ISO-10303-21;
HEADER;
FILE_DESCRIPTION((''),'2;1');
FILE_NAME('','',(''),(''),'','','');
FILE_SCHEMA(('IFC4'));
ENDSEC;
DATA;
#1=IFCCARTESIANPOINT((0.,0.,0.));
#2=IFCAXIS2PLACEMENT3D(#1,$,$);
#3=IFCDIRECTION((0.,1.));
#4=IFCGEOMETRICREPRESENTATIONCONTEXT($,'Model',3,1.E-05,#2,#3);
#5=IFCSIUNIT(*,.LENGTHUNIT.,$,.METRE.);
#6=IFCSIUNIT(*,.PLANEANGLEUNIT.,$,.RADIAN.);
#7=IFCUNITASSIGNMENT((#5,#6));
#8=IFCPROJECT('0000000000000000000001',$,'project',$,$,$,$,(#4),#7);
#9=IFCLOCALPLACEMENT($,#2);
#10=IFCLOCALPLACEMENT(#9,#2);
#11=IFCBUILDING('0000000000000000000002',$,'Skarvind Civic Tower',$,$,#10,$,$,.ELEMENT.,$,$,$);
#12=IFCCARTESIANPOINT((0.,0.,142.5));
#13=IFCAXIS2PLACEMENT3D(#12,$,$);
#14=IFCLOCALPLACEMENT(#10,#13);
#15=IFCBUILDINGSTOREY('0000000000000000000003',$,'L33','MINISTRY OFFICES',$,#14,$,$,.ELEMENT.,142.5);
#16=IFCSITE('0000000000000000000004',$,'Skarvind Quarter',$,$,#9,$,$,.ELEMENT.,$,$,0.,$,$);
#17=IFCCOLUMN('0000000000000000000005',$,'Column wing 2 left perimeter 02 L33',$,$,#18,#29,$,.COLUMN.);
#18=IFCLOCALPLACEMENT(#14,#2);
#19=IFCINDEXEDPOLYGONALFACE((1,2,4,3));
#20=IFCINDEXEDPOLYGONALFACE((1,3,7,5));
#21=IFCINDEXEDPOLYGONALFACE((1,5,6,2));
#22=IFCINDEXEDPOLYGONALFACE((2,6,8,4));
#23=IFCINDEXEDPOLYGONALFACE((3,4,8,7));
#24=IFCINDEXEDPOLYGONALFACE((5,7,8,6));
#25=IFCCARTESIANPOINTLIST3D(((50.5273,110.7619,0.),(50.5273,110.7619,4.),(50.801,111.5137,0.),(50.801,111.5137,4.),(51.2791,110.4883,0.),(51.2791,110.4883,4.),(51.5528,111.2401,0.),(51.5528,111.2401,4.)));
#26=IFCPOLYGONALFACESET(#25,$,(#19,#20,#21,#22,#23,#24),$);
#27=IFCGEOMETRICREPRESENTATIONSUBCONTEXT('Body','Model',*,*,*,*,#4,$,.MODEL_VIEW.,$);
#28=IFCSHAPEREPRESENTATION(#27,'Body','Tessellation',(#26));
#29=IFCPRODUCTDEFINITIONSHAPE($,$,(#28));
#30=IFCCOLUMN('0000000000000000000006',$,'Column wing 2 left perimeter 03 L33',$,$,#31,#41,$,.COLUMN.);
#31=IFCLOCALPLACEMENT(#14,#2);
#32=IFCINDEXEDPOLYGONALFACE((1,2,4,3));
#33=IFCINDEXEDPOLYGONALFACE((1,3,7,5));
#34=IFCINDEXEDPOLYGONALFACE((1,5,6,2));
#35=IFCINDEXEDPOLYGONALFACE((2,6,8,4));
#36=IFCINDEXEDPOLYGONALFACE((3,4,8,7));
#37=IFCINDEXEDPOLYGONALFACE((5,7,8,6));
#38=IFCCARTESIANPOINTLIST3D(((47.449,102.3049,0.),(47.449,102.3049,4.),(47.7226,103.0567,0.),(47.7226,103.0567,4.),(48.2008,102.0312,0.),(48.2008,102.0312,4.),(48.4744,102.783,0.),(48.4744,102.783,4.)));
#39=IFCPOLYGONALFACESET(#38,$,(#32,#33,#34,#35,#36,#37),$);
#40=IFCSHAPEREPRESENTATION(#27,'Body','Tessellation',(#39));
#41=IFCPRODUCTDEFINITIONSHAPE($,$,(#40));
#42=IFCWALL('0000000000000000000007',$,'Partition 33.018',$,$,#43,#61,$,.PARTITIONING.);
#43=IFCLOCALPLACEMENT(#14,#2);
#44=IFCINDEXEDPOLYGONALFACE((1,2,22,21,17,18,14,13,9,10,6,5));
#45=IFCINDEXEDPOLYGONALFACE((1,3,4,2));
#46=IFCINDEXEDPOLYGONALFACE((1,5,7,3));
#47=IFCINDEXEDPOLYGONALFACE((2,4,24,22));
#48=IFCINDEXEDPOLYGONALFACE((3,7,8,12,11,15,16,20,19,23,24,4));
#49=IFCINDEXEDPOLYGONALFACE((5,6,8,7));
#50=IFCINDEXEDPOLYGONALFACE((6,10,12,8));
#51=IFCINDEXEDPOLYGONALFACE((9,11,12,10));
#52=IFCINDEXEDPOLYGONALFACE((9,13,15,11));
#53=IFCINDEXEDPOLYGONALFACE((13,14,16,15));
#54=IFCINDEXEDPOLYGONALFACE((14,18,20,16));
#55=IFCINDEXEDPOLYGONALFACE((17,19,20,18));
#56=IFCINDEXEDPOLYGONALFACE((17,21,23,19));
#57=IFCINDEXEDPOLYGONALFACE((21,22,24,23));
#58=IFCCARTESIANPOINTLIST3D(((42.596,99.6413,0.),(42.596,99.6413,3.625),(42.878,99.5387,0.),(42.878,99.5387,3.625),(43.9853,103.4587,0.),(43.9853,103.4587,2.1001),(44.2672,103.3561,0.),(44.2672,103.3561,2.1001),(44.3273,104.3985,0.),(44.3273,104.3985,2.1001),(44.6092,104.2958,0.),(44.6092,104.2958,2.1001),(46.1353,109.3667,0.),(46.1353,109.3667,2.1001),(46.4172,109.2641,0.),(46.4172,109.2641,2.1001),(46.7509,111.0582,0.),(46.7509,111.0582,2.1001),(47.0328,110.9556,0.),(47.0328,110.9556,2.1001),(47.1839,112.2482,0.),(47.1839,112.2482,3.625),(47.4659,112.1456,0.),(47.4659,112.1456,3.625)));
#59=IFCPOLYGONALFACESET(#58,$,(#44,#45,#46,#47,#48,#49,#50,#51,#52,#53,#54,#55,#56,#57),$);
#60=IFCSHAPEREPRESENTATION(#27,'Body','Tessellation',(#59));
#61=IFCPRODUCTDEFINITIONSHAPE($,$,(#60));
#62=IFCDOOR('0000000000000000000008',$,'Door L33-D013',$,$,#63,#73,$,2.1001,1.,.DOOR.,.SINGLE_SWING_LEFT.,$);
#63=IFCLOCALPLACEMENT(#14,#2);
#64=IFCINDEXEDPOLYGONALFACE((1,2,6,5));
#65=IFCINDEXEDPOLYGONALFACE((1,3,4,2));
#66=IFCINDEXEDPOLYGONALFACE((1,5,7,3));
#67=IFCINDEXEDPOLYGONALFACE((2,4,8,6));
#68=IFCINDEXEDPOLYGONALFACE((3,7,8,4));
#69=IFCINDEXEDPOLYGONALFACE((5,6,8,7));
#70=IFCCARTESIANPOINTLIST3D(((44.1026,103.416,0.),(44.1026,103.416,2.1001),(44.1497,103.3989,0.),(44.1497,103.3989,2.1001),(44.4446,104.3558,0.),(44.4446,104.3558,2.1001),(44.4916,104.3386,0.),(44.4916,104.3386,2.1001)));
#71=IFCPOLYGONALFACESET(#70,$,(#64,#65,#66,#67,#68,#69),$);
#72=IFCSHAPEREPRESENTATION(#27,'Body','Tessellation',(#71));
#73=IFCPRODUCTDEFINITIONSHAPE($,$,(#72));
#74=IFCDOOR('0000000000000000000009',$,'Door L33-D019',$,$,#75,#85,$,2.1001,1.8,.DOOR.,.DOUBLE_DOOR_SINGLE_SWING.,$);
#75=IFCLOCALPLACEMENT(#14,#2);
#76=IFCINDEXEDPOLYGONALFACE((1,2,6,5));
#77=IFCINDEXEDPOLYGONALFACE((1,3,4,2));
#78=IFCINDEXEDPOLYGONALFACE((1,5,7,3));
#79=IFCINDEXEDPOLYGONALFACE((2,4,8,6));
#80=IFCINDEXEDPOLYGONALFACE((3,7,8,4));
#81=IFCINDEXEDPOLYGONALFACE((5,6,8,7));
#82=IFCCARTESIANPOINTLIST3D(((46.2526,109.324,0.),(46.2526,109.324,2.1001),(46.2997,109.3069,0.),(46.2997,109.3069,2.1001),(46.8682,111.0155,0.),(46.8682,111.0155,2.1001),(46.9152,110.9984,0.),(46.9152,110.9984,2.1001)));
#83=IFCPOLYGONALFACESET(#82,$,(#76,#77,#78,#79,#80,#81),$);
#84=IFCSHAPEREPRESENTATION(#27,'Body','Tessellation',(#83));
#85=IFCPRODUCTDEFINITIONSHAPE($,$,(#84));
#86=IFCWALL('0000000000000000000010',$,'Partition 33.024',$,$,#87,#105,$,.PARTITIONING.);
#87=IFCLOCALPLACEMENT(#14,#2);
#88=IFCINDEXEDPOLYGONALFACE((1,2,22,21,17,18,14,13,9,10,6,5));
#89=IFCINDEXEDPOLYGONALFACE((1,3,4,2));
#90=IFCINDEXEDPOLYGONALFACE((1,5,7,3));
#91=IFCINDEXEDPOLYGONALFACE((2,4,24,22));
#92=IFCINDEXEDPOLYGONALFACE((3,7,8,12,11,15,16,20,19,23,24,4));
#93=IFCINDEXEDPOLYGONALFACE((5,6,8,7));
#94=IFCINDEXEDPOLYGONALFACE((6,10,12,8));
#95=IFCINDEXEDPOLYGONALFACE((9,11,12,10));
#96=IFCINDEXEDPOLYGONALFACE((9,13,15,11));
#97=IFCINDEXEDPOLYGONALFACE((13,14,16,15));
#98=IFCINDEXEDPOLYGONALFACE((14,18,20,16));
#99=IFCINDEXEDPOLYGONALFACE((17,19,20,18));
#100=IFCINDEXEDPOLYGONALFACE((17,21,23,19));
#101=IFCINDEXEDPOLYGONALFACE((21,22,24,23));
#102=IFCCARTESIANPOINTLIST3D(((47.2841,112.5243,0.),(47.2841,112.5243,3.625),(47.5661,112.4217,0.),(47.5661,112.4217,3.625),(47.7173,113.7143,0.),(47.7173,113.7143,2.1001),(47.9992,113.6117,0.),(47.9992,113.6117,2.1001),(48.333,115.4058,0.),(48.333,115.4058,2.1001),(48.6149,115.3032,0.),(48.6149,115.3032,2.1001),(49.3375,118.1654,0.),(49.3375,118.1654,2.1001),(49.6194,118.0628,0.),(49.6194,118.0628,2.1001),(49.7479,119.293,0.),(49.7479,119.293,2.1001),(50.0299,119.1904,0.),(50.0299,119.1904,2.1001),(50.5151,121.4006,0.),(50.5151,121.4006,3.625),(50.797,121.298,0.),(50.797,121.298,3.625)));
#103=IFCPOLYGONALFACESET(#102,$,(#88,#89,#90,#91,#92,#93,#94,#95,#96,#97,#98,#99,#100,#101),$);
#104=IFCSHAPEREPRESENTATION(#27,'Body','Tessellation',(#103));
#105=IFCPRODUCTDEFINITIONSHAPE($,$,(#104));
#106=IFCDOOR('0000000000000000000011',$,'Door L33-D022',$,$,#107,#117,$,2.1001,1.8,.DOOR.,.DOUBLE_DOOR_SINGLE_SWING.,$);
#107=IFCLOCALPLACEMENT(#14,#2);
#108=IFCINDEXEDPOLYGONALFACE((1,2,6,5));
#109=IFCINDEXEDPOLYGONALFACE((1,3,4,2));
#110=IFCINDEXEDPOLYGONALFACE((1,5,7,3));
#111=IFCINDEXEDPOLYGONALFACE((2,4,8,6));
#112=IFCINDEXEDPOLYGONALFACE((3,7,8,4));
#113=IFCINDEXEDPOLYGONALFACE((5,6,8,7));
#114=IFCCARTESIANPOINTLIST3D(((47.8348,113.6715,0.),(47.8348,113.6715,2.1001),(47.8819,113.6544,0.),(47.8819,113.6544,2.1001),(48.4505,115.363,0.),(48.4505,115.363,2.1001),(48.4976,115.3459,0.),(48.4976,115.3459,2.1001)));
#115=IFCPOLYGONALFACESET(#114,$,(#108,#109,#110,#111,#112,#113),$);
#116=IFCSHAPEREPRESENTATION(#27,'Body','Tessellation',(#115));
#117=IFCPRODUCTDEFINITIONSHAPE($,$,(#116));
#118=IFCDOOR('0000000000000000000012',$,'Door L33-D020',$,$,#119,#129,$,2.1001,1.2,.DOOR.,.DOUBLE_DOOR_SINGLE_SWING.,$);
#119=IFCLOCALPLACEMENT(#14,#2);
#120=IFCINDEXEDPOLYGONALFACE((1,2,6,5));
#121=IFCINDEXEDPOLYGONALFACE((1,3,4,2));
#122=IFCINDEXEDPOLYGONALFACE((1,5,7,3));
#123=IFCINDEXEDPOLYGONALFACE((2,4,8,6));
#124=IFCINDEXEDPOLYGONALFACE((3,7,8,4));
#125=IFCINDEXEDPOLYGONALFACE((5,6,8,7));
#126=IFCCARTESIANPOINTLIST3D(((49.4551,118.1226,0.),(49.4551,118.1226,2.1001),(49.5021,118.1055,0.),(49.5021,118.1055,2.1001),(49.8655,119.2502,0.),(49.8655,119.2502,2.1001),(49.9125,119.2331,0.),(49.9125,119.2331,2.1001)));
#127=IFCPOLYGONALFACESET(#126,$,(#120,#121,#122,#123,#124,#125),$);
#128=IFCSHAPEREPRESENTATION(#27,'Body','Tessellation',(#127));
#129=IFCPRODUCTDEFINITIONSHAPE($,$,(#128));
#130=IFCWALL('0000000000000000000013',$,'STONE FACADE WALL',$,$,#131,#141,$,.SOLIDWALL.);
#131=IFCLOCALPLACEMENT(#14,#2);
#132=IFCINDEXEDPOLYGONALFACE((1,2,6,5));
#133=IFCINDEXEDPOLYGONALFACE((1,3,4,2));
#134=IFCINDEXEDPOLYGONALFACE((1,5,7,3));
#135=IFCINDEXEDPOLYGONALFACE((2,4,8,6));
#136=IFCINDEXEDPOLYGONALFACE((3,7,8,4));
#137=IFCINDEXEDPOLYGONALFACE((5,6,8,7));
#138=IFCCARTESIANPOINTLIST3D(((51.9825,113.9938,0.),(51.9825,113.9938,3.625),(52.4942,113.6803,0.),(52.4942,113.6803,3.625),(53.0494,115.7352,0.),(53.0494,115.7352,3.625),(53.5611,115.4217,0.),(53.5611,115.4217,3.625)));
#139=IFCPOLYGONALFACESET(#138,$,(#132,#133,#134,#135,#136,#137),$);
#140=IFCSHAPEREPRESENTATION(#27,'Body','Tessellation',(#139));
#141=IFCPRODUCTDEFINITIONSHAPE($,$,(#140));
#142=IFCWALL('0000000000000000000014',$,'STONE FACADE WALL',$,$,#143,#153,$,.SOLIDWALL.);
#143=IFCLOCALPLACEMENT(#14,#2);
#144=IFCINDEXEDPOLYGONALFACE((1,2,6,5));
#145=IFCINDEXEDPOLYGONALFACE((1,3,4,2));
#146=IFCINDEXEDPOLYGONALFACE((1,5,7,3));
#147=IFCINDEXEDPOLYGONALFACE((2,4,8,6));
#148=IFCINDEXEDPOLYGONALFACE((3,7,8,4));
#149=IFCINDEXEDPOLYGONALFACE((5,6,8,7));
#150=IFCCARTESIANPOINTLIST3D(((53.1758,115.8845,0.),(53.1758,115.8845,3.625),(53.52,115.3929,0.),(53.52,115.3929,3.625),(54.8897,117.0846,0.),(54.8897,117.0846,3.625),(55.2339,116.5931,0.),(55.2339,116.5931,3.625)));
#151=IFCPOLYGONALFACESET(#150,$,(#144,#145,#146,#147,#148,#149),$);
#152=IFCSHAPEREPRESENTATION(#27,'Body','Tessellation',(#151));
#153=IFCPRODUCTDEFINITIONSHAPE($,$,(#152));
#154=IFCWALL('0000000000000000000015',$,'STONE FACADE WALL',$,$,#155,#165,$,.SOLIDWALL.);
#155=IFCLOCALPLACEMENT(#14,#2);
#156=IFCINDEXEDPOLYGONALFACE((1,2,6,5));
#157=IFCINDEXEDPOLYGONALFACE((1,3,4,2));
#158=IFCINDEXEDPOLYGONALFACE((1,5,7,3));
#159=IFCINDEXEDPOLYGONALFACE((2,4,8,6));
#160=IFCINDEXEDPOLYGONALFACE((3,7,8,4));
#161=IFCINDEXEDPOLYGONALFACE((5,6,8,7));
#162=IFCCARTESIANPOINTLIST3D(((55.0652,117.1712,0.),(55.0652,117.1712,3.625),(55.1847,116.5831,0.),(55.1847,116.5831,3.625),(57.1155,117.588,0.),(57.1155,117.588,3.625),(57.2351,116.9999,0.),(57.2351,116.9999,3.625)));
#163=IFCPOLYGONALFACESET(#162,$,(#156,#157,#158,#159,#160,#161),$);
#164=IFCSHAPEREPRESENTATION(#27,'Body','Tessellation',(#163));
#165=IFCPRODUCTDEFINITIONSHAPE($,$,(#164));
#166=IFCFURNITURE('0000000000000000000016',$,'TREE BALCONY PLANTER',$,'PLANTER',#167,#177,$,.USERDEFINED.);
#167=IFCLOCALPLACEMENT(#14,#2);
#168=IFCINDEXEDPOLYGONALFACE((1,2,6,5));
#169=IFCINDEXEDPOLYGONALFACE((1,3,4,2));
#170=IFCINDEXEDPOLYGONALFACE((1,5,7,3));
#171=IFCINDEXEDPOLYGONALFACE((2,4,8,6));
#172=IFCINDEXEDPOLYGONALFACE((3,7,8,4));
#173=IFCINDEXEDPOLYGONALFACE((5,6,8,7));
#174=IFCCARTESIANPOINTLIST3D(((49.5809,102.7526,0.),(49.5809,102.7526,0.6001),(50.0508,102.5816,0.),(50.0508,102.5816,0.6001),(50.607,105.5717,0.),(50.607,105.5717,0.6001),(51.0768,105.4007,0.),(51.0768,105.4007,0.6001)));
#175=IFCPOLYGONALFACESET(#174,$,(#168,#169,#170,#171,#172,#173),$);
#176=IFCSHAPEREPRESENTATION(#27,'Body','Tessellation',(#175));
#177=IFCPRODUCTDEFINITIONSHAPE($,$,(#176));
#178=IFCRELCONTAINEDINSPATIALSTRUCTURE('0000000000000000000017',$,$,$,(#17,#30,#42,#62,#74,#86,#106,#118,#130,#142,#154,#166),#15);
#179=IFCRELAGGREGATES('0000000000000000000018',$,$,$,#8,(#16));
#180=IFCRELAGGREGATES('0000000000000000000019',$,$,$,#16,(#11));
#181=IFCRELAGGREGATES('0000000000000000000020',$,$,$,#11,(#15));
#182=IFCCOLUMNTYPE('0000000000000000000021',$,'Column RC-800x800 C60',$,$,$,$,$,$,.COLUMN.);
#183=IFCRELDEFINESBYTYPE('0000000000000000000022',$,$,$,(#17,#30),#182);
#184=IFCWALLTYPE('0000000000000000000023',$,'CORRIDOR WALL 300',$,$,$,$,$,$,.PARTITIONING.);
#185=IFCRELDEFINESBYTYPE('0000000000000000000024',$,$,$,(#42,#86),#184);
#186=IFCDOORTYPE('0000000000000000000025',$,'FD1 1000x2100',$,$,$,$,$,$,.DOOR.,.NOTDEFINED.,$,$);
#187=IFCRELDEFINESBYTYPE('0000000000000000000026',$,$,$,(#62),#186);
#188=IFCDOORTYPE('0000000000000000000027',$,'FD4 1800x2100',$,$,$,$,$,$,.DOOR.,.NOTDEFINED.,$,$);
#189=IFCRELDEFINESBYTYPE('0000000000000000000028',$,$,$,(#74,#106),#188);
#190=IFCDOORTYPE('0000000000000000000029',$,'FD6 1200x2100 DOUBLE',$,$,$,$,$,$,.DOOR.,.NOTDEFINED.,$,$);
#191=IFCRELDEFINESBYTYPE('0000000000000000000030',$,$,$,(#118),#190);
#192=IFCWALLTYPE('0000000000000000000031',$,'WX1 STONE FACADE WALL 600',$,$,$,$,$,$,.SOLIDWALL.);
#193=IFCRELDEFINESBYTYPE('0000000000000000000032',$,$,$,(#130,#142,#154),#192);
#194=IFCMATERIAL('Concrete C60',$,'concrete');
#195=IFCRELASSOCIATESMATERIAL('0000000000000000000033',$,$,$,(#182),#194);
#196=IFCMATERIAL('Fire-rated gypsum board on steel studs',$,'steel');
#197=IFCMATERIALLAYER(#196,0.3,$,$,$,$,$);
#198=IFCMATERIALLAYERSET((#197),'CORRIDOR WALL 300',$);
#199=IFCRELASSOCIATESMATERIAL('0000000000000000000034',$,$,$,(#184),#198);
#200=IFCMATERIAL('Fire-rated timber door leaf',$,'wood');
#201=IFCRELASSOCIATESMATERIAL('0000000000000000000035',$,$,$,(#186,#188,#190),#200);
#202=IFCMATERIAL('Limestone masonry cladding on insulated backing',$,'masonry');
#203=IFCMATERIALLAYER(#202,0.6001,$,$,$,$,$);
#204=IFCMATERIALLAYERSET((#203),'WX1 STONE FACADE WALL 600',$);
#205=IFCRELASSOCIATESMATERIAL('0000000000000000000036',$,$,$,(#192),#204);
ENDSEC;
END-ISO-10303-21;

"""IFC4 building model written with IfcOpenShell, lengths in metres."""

from ifc_helpers import new_model, si_unit, direction, frame, frame_2d, origin, origin_2d, place, context, subcontext, project, spatial, rectangle, extrude, material, layer, layer_set, material_profile, profile_set, type_object, element, fill, save


model = new_model("IFC4")

# Units and contexts
model_context = context("Model", 3, precision=1e-05, world=origin(), true_north=direction((0.0, 1.0)))
body_context = subcontext(model_context, "Body", "Model", "MODEL_VIEW")
ifc_project = project(units=[si_unit("LENGTHUNIT", "METRE"), si_unit("PLANEANGLEUNIT", "RADIAN")], contexts=[model_context])

# Site, building, storey
site_placement = place(None, origin())
site = spatial("IfcSite", under=ifc_project, at=site_placement, Name="Skarvind Quarter", CompositionType="ELEMENT", RefElevation=0.0)
building_placement = place(site_placement, origin())
building = spatial("IfcBuilding", under=site, at=building_placement, Name="Skarvind Civic Tower", CompositionType="ELEMENT")
storey_placement = place(building_placement, frame((0.0, 0.0, 142.5)))
storey = spatial("IfcBuildingStorey", under=building, at=storey_placement, Name="L33", Description="MINISTRY OFFICES", CompositionType="ELEMENT", Elevation=142.5)

# Columns
ifc_material_1 = material(Name="Concrete C60", Category="concrete")
ifc_material_profile = material_profile(ifc_material_1, rectangle(XDim=0.8, YDim=0.8, at=origin_2d()), Name="RC-800x800")
ifc_profile_set = profile_set([ifc_material_profile], Name="Concrete C60")
column_type = type_object("IfcColumnType", Name="Column RC-800x800 C60", PredefinedType="COLUMN", material=ifc_profile_set)
for number, where, z_axis, x_axis, name in (
    (1, (51.04, 111.001, 0.0), (0.0, 0.0, 1.0), (-0.34202, -0.939693, 0.0), "Column wing 2 left perimeter 02 L33"),
    (2, (47.9617, 102.5439, 0.0), (0.0, 0.0, 1.0), (-0.34202, -0.939693, 0.0), "Column wing 2 left perimeter 03 L33"),
):
    element("IfcColumn", number, at=place(storey_placement, frame(where, z_axis=z_axis, x_axis=x_axis)), inside=storey, type_object=column_type, Name=name, PredefinedType="COLUMN", context=body_context, shape_type="SweptSolid", body=[
        extrude(rectangle(XDim=0.8, YDim=0.8, at=origin_2d()), origin(), (0.0, 0.0, 1.0), 4.0),
    ])

# Walls, openings, doors
ifc_material_2 = material(Name="Fire-rated gypsum board on steel studs", Category="steel")
ifc_layer_1 = layer(ifc_material_2, 0.3)
ifc_layer_set_1 = layer_set([ifc_layer_1], Name="CORRIDOR WALL 300")
wall_type_1 = type_object("IfcWallType", Name="CORRIDOR WALL 300", PredefinedType="PARTITIONING", material=ifc_layer_set_1)
wall_1_placement = place(storey_placement, frame((47.325, 112.197, 0.0), z_axis=(0.0, 0.0, 1.0), x_axis=(-0.341977, -0.939708, 0.0)))
wall_1 = element("IfcWall", 3, at=wall_1_placement, inside=storey, type_object=wall_type_1, Name="Partition 33.018", PredefinedType="PARTITIONING", context=body_context, shape_type="SweptSolid", body=[
    extrude(rectangle(XDim=13.4158, YDim=0.3, at=frame_2d((6.708, 0.0))), origin(), (0.0, 0.0, 1.0), 3.625),
])
opening_1_placement = place(wall_1_placement, frame((8.3535, 0.0, 0.0)))
opening_1 = element("IfcOpeningElement", 4, at=opening_1_placement, cuts=wall_1, PredefinedType="OPENING", context=body_context, shape_type="SweptSolid", body=[
    extrude(rectangle(XDim=1.0, YDim=2.1001, at=frame_2d((0.5, 1.05))), frame((0.0, 0.1599, 0.0), z_axis=(0.0, -1.0, 0.0), x_axis=(1.0, 0.0, 0.0)), (0.0, 0.0, 1.0), 0.3201),
])
opening_2_placement = place(wall_1_placement, frame((1.2666, 0.0, 0.0)))
opening_2 = element("IfcOpeningElement", 5, at=opening_2_placement, cuts=wall_1, PredefinedType="OPENING", context=body_context, shape_type="SweptSolid", body=[
    extrude(rectangle(XDim=1.8, YDim=2.1001, at=frame_2d((0.8999, 1.05))), frame((0.0, 0.1599, 0.0), z_axis=(0.0, -1.0, 0.0), x_axis=(1.0, 0.0, 0.0)), (0.0, 0.0, 1.0), 0.3201),
])
ifc_material_3 = material(Name="Fire-rated timber door leaf", Category="wood")
door_type_1 = type_object("IfcDoorType", Name="FD1 1000x2100", OperationType="NOTDEFINED", PredefinedType="DOOR", material=ifc_material_3)
door_1_placement = place(opening_1_placement, origin())
door_1 = element("IfcDoor", 6, at=door_1_placement, inside=storey, type_object=door_type_1, Name="Door L33-D013", OperationType="SINGLE_SWING_LEFT", OverallHeight=2.1001, OverallWidth=1.0, PredefinedType="DOOR", context=body_context, shape_type="SweptSolid", body=[
    extrude(rectangle(XDim=1.0, YDim=2.1001, at=frame_2d((0.5, 1.05))), frame((0.0, 0.0249, 0.0), z_axis=(0.0, -1.0, 0.0), x_axis=(1.0, 0.0, 0.0)), (0.0, 0.0, 1.0), 0.05),
])
fill(opening_1, door_1)
door_type_2 = type_object("IfcDoorType", Name="FD4 1800x2100", OperationType="NOTDEFINED", PredefinedType="DOOR", material=ifc_material_3)
door_2_placement = place(opening_2_placement, origin())
door_2 = element("IfcDoor", 7, at=door_2_placement, inside=storey, type_object=door_type_2, Name="Door L33-D019", OperationType="DOUBLE_DOOR_SINGLE_SWING", OverallHeight=2.1001, OverallWidth=1.8, PredefinedType="DOOR", context=body_context, shape_type="SweptSolid", body=[
    extrude(rectangle(XDim=1.8, YDim=2.1001, at=frame_2d((0.8999, 1.05))), frame((0.0, 0.0249, 0.0), z_axis=(0.0, -1.0, 0.0), x_axis=(1.0, 0.0, 0.0)), (0.0, 0.0, 1.0), 0.05),
])
fill(opening_2, door_2)
wall_2_placement = place(storey_placement, frame((47.425, 112.4729, 0.0), z_axis=(0.0, 0.0, 1.0), x_axis=(0.342046, 0.939683, 0.0)))
wall_2 = element("IfcWall", 8, at=wall_2_placement, inside=storey, type_object=wall_type_1, Name="Partition 33.024", PredefinedType="PARTITIONING", context=body_context, shape_type="SweptSolid", body=[
    extrude(rectangle(XDim=9.446, YDim=0.3, at=frame_2d((4.7231, 0.0))), origin(), (0.0, 0.0, 1.0), 3.625),
])
opening_3_placement = place(wall_2_placement, frame((6.0032, 0.0, 0.0)))
opening_3 = element("IfcOpeningElement", 9, at=opening_3_placement, cuts=wall_2, PredefinedType="OPENING", context=body_context, shape_type="SweptSolid", body=[
    extrude(rectangle(XDim=1.2, YDim=2.1001, at=frame_2d((0.6001, 1.05))), frame((0.0, 0.1599, 0.0), z_axis=(0.0, -1.0, 0.0), x_axis=(1.0, 0.0, 0.0)), (0.0, 0.0, 1.0), 0.3201),
])
opening_4_placement = place(wall_2_placement, frame((1.2666, 0.0, 0.0)))
opening_4 = element("IfcOpeningElement", 10, at=opening_4_placement, cuts=wall_2, PredefinedType="OPENING", context=body_context, shape_type="SweptSolid", body=[
    extrude(rectangle(XDim=1.8, YDim=2.1001, at=frame_2d((0.8999, 1.05))), frame((0.0, 0.1599, 0.0), z_axis=(0.0, -1.0, 0.0), x_axis=(1.0, 0.0, 0.0)), (0.0, 0.0, 1.0), 0.3201),
])
door_3_placement = place(opening_4_placement, origin())
door_3 = element("IfcDoor", 11, at=door_3_placement, inside=storey, type_object=door_type_2, Name="Door L33-D022", OperationType="DOUBLE_DOOR_SINGLE_SWING", OverallHeight=2.1001, OverallWidth=1.8, PredefinedType="DOOR", context=body_context, shape_type="SweptSolid", body=[
    extrude(rectangle(XDim=1.8, YDim=2.1001, at=frame_2d((0.8999, 1.05))), frame((0.0, 0.0249, 0.0), z_axis=(0.0, -1.0, 0.0), x_axis=(1.0, 0.0, 0.0)), (0.0, 0.0, 1.0), 0.05),
])
fill(opening_4, door_3)
door_type_3 = type_object("IfcDoorType", Name="FD6 1200x2100 DOUBLE", OperationType="NOTDEFINED", PredefinedType="DOOR", material=ifc_material_3)
door_4_placement = place(opening_3_placement, origin())
door_4 = element("IfcDoor", 12, at=door_4_placement, inside=storey, type_object=door_type_3, Name="Door L33-D020", OperationType="DOUBLE_DOOR_SINGLE_SWING", OverallHeight=2.1001, OverallWidth=1.2, PredefinedType="DOOR", context=body_context, shape_type="SweptSolid", body=[
    extrude(rectangle(XDim=1.2, YDim=2.1001, at=frame_2d((0.6001, 1.05))), frame((0.0, 0.0249, 0.0), z_axis=(0.0, -1.0, 0.0), x_axis=(1.0, 0.0, 0.0)), (0.0, 0.0, 1.0), 0.05),
])
fill(opening_3, door_4)

# Shared definitions
ifc_material_4 = material(Name="Limestone masonry cladding on insulated backing", Category="masonry")
ifc_layer_2 = layer(ifc_material_4, 0.6001)
ifc_layer_set_2 = layer_set([ifc_layer_2], Name="WX1 STONE FACADE WALL 600")
wall_type_2 = type_object("IfcWallType", Name="WX1 STONE FACADE WALL 600", PredefinedType="SOLIDWALL", material=ifc_layer_set_2)

# Walls
wall_3_placement = place(storey_placement, frame((53.3052, 115.5784, 0.0), z_axis=(0.0, 0.0, 1.0), x_axis=(-0.522402, -0.852699, 0.0)))
element("IfcWall", 13, at=wall_3_placement, inside=storey, type_object=wall_type_2, Name="STONE FACADE WALL", PredefinedType="SOLIDWALL", context=body_context, shape_type="SweptSolid", body=[
    extrude(rectangle(XDim=2.0422, YDim=0.6001, at=frame_2d((1.021, 0.0))), origin(), (0.0, 0.0, 1.0), 3.625),
])
for number, where, z_axis, x_axis, name in (
    (14, (55.0618, 116.8389, 0.0), (0.0, 0.0, 1.0), (-0.819122, -0.573619, 0.0), "STONE FACADE WALL"),
    (15, (57.1753, 117.2939, 0.0), (0.0, 0.0, 1.0), (-0.979961, -0.199189, 0.0), "STONE FACADE WALL"),
):
    element("IfcWall", number, at=place(storey_placement, frame(where, z_axis=z_axis, x_axis=x_axis)), inside=storey, type_object=wall_type_2, Name=name, PredefinedType="SOLIDWALL", context=body_context, shape_type="SweptSolid", body=[
        extrude(rectangle(XDim=2.0923, YDim=0.6001, at=frame_2d((1.0461, 0.0))), origin(), (0.0, 0.0, 1.0), 3.625),
    ])

# Furniture
for number, where, z_axis, x_axis, name in (
    (16, (50.3289, 104.0767, 0.0), (0.0, 0.0, 1.0), (-0.34202, -0.939693, 0.0), "TREE BALCONY PLANTER"),
):
    element("IfcFurniture", number, at=place(storey_placement, frame(where, z_axis=z_axis, x_axis=x_axis)), inside=storey, Name=name, ObjectType="PLANTER", PredefinedType="USERDEFINED", context=body_context, shape_type="SweptSolid", body=[
        extrude(rectangle(XDim=3.0, YDim=0.5, at=origin_2d()), origin(), (0.0, 0.0, 1.0), 0.6001),
    ])

save(model, "model.ifc")
